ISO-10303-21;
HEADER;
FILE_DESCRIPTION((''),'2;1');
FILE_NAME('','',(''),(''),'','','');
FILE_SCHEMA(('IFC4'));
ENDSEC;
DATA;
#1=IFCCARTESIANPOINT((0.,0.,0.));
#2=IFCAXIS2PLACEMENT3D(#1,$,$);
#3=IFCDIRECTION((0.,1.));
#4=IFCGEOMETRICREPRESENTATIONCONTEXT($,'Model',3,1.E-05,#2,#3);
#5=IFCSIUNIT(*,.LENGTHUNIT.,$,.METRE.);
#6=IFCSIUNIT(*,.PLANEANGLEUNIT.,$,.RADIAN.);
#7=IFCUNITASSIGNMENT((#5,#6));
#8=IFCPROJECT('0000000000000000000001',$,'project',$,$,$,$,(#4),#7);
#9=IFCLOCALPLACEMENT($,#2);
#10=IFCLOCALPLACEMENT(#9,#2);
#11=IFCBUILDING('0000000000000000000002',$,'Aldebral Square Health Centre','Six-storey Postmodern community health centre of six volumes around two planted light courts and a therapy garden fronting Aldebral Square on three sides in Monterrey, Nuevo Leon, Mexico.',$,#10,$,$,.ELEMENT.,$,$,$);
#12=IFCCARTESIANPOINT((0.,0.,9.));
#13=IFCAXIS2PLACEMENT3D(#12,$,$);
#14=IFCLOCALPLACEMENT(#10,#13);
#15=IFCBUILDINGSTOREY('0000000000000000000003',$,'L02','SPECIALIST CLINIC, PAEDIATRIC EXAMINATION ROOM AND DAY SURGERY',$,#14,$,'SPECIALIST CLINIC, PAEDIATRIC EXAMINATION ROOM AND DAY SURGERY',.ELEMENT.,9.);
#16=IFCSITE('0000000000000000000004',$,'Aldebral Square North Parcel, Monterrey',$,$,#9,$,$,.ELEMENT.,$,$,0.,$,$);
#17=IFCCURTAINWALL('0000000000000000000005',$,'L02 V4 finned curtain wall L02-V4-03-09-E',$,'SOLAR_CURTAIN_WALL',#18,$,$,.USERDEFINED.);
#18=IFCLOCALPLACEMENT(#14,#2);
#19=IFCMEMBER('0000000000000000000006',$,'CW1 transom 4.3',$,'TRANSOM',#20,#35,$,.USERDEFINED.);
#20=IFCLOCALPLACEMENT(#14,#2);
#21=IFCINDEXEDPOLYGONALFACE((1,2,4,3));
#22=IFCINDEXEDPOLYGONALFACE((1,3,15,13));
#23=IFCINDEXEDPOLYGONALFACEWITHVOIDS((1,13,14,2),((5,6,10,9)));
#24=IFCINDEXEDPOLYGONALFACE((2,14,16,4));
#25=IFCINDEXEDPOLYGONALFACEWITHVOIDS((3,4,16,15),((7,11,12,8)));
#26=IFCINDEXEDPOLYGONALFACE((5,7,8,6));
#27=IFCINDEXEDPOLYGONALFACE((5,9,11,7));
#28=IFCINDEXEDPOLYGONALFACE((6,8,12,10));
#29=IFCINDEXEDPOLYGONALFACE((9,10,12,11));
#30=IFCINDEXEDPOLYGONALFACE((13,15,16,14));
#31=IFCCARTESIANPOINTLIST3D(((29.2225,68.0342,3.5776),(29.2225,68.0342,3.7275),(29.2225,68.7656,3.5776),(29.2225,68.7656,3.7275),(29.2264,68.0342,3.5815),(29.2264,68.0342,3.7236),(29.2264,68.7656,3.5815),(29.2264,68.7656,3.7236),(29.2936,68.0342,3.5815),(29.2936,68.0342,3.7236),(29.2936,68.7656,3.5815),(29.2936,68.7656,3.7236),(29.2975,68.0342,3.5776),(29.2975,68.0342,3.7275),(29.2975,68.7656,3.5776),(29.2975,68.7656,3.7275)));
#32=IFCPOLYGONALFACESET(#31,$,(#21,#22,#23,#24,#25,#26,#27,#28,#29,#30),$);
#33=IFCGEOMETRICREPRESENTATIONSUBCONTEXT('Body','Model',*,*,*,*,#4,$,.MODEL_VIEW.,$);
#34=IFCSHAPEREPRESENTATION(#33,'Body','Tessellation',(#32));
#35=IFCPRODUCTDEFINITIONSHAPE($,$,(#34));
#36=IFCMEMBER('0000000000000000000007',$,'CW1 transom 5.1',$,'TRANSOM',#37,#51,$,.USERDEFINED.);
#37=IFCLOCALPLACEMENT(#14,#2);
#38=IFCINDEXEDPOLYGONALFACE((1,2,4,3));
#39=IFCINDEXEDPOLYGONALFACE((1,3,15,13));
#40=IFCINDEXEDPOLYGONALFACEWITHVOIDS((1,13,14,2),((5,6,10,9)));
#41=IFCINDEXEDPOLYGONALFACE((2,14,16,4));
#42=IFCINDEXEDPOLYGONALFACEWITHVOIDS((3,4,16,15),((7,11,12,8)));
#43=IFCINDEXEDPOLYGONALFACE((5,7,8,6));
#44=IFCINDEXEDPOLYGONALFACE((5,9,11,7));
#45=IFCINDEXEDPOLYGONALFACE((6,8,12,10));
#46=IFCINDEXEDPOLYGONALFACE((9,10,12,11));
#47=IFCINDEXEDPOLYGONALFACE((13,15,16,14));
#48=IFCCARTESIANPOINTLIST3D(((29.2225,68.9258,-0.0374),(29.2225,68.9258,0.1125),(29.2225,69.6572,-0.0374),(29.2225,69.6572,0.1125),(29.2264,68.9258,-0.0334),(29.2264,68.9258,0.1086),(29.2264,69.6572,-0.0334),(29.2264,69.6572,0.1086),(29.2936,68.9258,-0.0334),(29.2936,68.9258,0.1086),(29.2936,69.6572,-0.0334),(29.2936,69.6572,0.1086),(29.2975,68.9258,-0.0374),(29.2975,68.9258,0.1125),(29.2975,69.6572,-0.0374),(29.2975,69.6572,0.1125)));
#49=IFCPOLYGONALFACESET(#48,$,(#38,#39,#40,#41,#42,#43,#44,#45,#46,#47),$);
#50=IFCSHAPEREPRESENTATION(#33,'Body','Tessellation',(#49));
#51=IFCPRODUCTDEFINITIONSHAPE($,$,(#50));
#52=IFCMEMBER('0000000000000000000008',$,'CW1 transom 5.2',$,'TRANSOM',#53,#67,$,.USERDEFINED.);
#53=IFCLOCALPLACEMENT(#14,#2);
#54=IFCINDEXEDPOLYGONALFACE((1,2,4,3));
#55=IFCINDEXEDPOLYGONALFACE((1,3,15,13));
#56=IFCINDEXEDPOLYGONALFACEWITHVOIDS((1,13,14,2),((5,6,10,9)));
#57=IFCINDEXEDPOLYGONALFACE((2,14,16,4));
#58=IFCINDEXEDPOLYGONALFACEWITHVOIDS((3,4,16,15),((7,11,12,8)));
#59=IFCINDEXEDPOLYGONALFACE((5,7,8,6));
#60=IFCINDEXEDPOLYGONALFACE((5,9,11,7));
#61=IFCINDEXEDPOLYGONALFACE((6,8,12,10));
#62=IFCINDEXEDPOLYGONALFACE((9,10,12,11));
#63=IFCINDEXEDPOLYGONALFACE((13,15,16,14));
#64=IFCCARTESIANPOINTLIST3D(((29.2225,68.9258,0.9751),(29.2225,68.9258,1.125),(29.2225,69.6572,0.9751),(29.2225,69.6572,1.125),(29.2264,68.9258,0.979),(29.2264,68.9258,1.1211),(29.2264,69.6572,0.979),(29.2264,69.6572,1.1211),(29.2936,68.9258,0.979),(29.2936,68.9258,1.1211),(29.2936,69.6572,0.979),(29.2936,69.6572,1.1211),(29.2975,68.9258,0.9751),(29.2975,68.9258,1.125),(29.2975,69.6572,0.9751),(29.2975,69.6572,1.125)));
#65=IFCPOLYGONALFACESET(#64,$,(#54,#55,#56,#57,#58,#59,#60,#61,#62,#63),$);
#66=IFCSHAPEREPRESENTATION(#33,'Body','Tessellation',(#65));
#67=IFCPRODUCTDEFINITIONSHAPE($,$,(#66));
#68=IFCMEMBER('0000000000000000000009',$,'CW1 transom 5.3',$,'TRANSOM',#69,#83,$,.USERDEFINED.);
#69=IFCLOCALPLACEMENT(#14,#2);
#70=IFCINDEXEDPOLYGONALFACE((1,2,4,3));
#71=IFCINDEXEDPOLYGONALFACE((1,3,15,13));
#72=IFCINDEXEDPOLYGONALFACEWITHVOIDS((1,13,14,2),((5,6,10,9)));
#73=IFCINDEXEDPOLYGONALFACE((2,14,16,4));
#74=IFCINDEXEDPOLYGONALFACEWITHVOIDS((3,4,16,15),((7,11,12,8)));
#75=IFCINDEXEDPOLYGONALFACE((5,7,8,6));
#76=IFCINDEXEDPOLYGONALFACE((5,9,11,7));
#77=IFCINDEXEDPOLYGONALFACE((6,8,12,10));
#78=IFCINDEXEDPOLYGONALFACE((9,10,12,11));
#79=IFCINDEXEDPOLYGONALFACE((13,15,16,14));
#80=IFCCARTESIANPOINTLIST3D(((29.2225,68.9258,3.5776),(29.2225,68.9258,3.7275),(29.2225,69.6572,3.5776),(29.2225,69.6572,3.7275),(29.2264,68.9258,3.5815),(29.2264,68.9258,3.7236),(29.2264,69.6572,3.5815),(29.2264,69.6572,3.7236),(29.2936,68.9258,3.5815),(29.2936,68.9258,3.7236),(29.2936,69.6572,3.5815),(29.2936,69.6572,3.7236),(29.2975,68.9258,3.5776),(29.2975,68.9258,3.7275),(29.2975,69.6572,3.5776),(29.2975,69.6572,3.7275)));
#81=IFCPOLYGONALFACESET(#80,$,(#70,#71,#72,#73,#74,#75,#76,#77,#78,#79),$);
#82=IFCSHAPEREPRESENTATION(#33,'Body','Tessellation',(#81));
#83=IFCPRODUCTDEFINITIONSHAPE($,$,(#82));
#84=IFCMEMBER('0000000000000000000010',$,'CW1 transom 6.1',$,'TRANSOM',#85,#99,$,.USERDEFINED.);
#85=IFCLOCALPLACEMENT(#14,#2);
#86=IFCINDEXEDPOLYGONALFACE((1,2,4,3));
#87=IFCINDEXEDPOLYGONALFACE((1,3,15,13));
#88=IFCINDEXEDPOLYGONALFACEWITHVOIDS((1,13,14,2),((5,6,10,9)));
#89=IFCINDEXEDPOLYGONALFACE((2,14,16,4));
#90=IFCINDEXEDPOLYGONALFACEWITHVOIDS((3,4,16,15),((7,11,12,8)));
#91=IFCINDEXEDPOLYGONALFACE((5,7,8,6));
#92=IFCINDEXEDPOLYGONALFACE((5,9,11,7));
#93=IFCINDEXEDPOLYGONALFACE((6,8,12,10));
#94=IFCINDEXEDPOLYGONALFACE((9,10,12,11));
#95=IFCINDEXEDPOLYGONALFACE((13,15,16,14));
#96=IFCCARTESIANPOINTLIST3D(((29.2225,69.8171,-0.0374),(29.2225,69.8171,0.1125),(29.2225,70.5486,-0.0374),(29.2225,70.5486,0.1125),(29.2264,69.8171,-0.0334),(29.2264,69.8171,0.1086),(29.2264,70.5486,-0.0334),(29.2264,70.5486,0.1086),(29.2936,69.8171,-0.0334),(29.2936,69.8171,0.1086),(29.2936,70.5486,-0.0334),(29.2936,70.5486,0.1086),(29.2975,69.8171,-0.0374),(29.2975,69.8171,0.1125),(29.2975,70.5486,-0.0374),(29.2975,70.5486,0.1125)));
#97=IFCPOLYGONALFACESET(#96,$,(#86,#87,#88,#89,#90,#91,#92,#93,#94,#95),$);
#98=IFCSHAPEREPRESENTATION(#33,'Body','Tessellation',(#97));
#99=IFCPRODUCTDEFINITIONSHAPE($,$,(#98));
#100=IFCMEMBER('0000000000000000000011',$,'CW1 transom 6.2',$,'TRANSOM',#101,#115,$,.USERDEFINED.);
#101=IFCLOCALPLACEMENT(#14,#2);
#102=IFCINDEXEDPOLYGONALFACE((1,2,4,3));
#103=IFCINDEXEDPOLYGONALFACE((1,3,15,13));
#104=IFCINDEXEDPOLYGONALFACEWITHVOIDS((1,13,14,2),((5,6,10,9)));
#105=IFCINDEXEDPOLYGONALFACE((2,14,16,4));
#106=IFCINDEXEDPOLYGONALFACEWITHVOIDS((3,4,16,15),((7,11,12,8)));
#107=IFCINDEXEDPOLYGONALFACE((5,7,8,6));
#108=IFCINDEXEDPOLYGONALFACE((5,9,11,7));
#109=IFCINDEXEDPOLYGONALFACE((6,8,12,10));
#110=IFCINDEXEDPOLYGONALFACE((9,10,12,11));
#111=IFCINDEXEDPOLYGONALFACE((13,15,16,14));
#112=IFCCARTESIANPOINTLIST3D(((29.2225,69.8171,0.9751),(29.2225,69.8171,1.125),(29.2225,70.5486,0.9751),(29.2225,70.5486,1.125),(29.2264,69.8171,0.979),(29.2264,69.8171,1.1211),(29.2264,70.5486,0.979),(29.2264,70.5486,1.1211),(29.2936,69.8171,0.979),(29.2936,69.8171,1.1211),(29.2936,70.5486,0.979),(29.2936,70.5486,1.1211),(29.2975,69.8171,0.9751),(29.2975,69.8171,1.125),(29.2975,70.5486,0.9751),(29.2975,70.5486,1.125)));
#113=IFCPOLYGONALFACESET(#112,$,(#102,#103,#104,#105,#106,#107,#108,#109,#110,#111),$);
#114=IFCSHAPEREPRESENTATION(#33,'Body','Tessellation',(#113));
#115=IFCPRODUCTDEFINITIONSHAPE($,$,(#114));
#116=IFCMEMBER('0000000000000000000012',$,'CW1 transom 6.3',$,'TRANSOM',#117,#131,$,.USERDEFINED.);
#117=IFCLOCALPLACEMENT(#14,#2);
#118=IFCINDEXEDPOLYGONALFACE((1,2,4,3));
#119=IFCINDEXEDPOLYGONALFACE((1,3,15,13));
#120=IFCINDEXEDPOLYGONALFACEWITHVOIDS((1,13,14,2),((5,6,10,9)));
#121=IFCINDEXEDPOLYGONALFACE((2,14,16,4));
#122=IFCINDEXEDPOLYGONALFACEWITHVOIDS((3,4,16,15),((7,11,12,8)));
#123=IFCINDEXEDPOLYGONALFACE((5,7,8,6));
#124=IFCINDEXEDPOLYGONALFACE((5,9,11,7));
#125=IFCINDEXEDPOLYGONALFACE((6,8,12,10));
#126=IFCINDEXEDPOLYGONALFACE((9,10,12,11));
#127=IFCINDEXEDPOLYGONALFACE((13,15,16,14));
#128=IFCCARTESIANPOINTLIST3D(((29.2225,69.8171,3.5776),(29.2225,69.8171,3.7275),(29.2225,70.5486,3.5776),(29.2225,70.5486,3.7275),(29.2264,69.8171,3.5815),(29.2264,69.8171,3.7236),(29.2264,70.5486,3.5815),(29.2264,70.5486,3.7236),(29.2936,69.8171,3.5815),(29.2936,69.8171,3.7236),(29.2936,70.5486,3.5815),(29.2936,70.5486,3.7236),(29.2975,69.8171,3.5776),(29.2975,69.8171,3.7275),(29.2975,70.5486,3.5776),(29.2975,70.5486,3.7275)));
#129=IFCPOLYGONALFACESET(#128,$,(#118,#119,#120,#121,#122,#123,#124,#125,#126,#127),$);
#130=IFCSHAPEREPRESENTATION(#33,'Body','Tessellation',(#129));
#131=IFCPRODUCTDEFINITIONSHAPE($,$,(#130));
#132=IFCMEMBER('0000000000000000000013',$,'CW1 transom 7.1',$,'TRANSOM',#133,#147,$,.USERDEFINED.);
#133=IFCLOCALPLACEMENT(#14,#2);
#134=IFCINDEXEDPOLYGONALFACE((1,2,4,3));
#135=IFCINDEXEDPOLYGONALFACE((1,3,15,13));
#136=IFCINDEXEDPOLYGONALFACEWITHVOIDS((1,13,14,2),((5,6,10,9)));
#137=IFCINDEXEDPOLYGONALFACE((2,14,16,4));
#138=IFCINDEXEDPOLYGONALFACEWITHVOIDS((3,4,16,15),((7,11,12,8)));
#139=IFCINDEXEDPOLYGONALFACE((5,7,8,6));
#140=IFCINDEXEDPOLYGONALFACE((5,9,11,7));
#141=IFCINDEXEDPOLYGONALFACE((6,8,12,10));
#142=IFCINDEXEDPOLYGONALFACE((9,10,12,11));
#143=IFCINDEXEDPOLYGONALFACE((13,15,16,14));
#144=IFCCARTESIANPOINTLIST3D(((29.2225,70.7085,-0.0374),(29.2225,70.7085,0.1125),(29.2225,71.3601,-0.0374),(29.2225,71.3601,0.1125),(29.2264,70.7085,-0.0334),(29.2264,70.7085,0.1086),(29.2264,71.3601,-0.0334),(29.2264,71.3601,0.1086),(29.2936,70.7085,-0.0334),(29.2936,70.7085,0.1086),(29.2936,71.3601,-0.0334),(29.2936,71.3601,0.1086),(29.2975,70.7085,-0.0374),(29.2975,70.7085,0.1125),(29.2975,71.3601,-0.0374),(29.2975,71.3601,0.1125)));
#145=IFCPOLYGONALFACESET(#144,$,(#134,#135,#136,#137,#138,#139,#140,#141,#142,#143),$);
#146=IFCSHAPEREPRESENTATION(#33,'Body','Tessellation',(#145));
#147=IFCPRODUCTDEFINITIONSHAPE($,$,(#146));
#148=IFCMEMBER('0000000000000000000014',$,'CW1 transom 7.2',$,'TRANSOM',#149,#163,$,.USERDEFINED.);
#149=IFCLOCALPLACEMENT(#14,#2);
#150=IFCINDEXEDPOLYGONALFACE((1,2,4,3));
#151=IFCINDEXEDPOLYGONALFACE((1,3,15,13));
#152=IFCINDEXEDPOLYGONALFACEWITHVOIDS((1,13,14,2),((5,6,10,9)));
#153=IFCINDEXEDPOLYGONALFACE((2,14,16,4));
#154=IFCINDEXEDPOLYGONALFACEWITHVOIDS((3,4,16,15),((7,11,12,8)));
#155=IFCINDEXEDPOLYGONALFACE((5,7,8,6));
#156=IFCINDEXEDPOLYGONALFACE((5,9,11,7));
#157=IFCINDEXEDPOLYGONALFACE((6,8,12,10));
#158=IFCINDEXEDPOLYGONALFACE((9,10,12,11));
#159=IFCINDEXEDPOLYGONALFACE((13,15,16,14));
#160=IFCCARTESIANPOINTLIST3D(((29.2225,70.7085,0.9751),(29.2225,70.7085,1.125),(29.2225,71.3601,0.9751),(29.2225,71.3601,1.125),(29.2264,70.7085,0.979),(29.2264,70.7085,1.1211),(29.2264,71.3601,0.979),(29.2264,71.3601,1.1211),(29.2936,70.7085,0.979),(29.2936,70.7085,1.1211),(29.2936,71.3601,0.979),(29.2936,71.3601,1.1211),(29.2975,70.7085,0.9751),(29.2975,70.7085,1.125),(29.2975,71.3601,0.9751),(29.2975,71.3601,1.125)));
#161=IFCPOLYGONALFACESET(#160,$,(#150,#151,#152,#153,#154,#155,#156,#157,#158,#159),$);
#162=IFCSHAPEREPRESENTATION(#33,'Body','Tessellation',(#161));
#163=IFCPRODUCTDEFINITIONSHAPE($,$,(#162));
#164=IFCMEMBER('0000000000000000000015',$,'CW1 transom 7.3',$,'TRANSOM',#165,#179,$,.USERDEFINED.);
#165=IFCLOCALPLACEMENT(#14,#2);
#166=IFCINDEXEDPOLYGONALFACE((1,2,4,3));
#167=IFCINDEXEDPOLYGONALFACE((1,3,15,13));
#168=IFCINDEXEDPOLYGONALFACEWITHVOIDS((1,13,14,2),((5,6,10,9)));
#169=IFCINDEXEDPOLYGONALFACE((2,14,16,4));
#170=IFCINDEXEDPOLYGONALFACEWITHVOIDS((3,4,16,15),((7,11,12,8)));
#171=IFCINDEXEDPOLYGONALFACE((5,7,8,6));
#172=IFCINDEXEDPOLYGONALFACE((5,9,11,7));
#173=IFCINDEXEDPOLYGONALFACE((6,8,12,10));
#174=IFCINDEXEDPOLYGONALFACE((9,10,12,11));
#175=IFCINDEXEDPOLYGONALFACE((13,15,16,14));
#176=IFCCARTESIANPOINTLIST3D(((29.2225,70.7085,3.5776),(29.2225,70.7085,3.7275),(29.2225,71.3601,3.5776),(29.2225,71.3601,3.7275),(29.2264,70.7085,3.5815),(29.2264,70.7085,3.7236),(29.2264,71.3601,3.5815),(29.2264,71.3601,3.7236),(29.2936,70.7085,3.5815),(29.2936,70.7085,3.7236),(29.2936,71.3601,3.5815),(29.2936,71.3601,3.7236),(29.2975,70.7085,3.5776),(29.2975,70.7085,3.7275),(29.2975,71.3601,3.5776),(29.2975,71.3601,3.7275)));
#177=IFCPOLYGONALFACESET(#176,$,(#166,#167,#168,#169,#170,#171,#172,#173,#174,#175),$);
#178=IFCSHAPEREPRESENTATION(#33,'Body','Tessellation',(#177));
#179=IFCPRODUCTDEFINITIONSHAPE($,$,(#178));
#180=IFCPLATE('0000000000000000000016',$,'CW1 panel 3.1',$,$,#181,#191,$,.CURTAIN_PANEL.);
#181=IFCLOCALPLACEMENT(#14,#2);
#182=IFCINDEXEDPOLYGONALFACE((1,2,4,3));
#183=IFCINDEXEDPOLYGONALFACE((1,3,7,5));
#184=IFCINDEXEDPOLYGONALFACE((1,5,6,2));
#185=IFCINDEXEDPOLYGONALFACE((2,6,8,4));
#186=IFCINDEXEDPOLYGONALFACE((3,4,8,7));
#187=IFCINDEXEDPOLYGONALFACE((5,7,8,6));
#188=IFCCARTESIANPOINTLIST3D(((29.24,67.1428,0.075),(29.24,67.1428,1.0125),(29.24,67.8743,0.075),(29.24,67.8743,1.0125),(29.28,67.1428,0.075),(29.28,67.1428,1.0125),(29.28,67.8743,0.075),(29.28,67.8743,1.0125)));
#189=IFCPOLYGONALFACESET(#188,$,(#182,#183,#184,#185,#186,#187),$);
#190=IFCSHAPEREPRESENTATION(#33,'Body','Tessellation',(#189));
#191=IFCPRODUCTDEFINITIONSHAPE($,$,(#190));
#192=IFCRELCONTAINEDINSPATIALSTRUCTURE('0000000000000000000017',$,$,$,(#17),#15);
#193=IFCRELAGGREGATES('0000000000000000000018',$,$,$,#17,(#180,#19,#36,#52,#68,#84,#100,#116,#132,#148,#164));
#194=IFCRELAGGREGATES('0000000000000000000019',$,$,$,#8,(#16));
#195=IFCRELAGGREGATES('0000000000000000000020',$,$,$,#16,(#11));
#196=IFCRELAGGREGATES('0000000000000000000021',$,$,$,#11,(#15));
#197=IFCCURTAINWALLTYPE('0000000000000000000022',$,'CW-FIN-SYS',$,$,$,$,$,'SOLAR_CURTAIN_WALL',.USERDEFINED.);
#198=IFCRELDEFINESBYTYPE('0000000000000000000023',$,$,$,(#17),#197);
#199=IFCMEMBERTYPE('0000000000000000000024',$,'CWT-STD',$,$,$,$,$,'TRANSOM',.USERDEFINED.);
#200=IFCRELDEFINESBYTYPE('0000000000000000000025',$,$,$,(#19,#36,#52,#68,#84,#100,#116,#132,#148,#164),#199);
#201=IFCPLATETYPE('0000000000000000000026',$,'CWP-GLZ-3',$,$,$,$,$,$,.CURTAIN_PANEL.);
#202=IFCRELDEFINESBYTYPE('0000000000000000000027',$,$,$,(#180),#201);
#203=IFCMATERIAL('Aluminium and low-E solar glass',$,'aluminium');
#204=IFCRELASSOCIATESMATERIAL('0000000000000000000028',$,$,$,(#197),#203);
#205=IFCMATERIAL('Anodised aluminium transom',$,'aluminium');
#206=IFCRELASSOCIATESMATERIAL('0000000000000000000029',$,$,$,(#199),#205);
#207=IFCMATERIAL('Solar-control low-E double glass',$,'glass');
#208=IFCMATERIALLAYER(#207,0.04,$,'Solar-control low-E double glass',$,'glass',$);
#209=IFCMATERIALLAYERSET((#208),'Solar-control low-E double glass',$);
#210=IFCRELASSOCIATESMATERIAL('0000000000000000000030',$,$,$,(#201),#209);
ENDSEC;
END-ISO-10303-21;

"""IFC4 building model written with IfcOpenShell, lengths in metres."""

from ifc_helpers import new_model, si_unit, direction, frame, origin, origin_2d, place, context, subcontext, project, spatial, rectangle, hollow_rectangle, extrude, material, layer, layer_set, material_profile, profile_set, type_object, element, aggregate, save


model = new_model("IFC4")

# Units and contexts
model_context = context("Model", 3, precision=1e-05, world=origin(), true_north=direction((0.0, 1.0)))
body_context = subcontext(model_context, "Body", "Model", "MODEL_VIEW")
ifc_project = project(units=[si_unit("LENGTHUNIT", "METRE"), si_unit("PLANEANGLEUNIT", "RADIAN")], contexts=[model_context])

# Site, building, storey
site_placement = place(None, origin())
site = spatial("IfcSite", under=ifc_project, at=site_placement, Name="Aldebral Square North Parcel, Monterrey", CompositionType="ELEMENT", RefElevation=0.0)
building_placement = place(site_placement, origin())
building = spatial("IfcBuilding", under=site, at=building_placement, Name="Aldebral Square Health Centre", Description="Six-storey Postmodern community health centre of six volumes around two planted light courts and a therapy garden fronting Aldebral Square on three sides in Monterrey, Nuevo Leon, Mexico.", CompositionType="ELEMENT")
storey_placement = place(building_placement, frame((0.0, 0.0, 9.0)))
storey = spatial("IfcBuildingStorey", under=building, at=storey_placement, Name="L02", Description="SPECIALIST CLINIC, PAEDIATRIC EXAMINATION ROOM AND DAY SURGERY", LongName="SPECIALIST CLINIC, PAEDIATRIC EXAMINATION ROOM AND DAY SURGERY", CompositionType="ELEMENT", Elevation=9.0)

# Curtain wall
ifc_material_1 = material(Name="Aluminium and low-E solar glass", Category="aluminium")
curtain_wall_type = type_object("IfcCurtainWallType", Name="CW-FIN-SYS", ElementType="SOLAR_CURTAIN_WALL", PredefinedType="USERDEFINED", material=ifc_material_1)
curtain_wall_1_placement = place(storey_placement, origin())
curtain_wall_1 = element("IfcCurtainWall", 1, at=curtain_wall_1_placement, inside=storey, type_object=curtain_wall_type, Name="L02 V4 finned curtain wall L02-V4-03-09-E", ObjectType="SOLAR_CURTAIN_WALL", PredefinedType="USERDEFINED")

# Members
ifc_material_2 = material(Name="Anodised aluminium transom", Category="aluminium")
ifc_material_profile_1 = material_profile(ifc_material_2, hollow_rectangle(XDim=0.075, YDim=0.1499, WallThickness=0.0039, at=origin_2d()), Name="CWT 75x150x4")
ifc_profile_set_1 = profile_set([ifc_material_profile_1], Name="Anodised aluminium transom")
member_type_1 = type_object("IfcMemberType", Name="CWT-STD", ElementType="TRANSOM", PredefinedType="USERDEFINED", material=ifc_profile_set_1)
member_1_placement = place(storey_placement, frame((29.26, 68.0342, 3.6526), z_axis=(0.0, 1.0, 0.0), x_axis=(-1.0, 0.0, 0.0)))
member_1 = element("IfcMember", 2, at=member_1_placement, type_object=member_type_1, Name="CW1 transom 4.3", ObjectType="TRANSOM", PredefinedType="USERDEFINED", context=body_context, shape_type="SweptSolid", body=[
    extrude(hollow_rectangle(XDim=0.075, YDim=0.1499, WallThickness=0.0039, at=origin_2d()), origin(), (0.0, 0.0, 1.0), 0.7314),
])
member_2_placement = place(storey_placement, frame((29.26, 68.9258, 0.0376), z_axis=(0.0, 1.0, 0.0), x_axis=(-1.0, 0.0, 0.0)))
member_2 = element("IfcMember", 3, at=member_2_placement, type_object=member_type_1, Name="CW1 transom 5.1", ObjectType="TRANSOM", PredefinedType="USERDEFINED", context=body_context, shape_type="SweptSolid", body=[
    extrude(hollow_rectangle(XDim=0.075, YDim=0.1499, WallThickness=0.0039, at=origin_2d()), origin(), (0.0, 0.0, 1.0), 0.7314),
])
member_3_placement = place(storey_placement, frame((29.26, 68.9258, 1.05), z_axis=(0.0, 1.0, 0.0), x_axis=(-1.0, 0.0, 0.0)))
member_3 = element("IfcMember", 4, at=member_3_placement, type_object=member_type_1, Name="CW1 transom 5.2", ObjectType="TRANSOM", PredefinedType="USERDEFINED", context=body_context, shape_type="SweptSolid", body=[
    extrude(hollow_rectangle(XDim=0.075, YDim=0.1499, WallThickness=0.0039, at=origin_2d()), origin(), (0.0, 0.0, 1.0), 0.7314),
])
member_4_placement = place(storey_placement, frame((29.26, 68.9258, 3.6526), z_axis=(0.0, 1.0, 0.0), x_axis=(-1.0, 0.0, 0.0)))
member_4 = element("IfcMember", 5, at=member_4_placement, type_object=member_type_1, Name="CW1 transom 5.3", ObjectType="TRANSOM", PredefinedType="USERDEFINED", context=body_context, shape_type="SweptSolid", body=[
    extrude(hollow_rectangle(XDim=0.075, YDim=0.1499, WallThickness=0.0039, at=origin_2d()), origin(), (0.0, 0.0, 1.0), 0.7314),
])
member_5_placement = place(storey_placement, frame((29.26, 69.8171, 0.0376), z_axis=(0.0, 1.0, 0.0), x_axis=(-1.0, 0.0, 0.0)))
member_5 = element("IfcMember", 6, at=member_5_placement, type_object=member_type_1, Name="CW1 transom 6.1", ObjectType="TRANSOM", PredefinedType="USERDEFINED", context=body_context, shape_type="SweptSolid", body=[
    extrude(hollow_rectangle(XDim=0.075, YDim=0.1499, WallThickness=0.0039, at=origin_2d()), origin(), (0.0, 0.0, 1.0), 0.7314),
])
member_6_placement = place(storey_placement, frame((29.26, 69.8171, 1.05), z_axis=(0.0, 1.0, 0.0), x_axis=(-1.0, 0.0, 0.0)))
member_6 = element("IfcMember", 7, at=member_6_placement, type_object=member_type_1, Name="CW1 transom 6.2", ObjectType="TRANSOM", PredefinedType="USERDEFINED", context=body_context, shape_type="SweptSolid", body=[
    extrude(hollow_rectangle(XDim=0.075, YDim=0.1499, WallThickness=0.0039, at=origin_2d()), origin(), (0.0, 0.0, 1.0), 0.7314),
])
member_7_placement = place(storey_placement, frame((29.26, 69.8171, 3.6526), z_axis=(0.0, 1.0, 0.0), x_axis=(-1.0, 0.0, 0.0)))
member_7 = element("IfcMember", 8, at=member_7_placement, type_object=member_type_1, Name="CW1 transom 6.3", ObjectType="TRANSOM", PredefinedType="USERDEFINED", context=body_context, shape_type="SweptSolid", body=[
    extrude(hollow_rectangle(XDim=0.075, YDim=0.1499, WallThickness=0.0039, at=origin_2d()), origin(), (0.0, 0.0, 1.0), 0.7314),
])
member_8_placement = place(storey_placement, frame((29.26, 70.7085, 0.0376), z_axis=(0.0, 1.0, 0.0), x_axis=(-1.0, 0.0, 0.0)))
member_8 = element("IfcMember", 9, at=member_8_placement, type_object=member_type_1, Name="CW1 transom 7.1", ObjectType="TRANSOM", PredefinedType="USERDEFINED", context=body_context, shape_type="SweptSolid", body=[
    extrude(hollow_rectangle(XDim=0.075, YDim=0.1499, WallThickness=0.0039, at=origin_2d()), origin(), (0.0, 0.0, 1.0), 0.6516),
])
member_9_placement = place(storey_placement, frame((29.26, 70.7085, 1.05), z_axis=(0.0, 1.0, 0.0), x_axis=(-1.0, 0.0, 0.0)))
member_9 = element("IfcMember", 10, at=member_9_placement, type_object=member_type_1, Name="CW1 transom 7.2", ObjectType="TRANSOM", PredefinedType="USERDEFINED", context=body_context, shape_type="SweptSolid", body=[
    extrude(hollow_rectangle(XDim=0.075, YDim=0.1499, WallThickness=0.0039, at=origin_2d()), origin(), (0.0, 0.0, 1.0), 0.6516),
])
member_10_placement = place(storey_placement, frame((29.26, 70.7085, 3.6526), z_axis=(0.0, 1.0, 0.0), x_axis=(-1.0, 0.0, 0.0)))
member_10 = element("IfcMember", 11, at=member_10_placement, type_object=member_type_1, Name="CW1 transom 7.3", ObjectType="TRANSOM", PredefinedType="USERDEFINED", context=body_context, shape_type="SweptSolid", body=[
    extrude(hollow_rectangle(XDim=0.075, YDim=0.1499, WallThickness=0.0039, at=origin_2d()), origin(), (0.0, 0.0, 1.0), 0.6516),
])

# Plate
ifc_material_3 = material(Name="Solar-control low-E double glass", Category="glass")
ifc_layer_1 = layer(ifc_material_3, 0.04, Name="Solar-control low-E double glass", Category="glass")
ifc_layer_set_1 = layer_set([ifc_layer_1], Name="Solar-control low-E double glass")
plate_type = type_object("IfcPlateType", Name="CWP-GLZ-3", PredefinedType="CURTAIN_PANEL", material=ifc_layer_set_1)
plate_1_placement = place(storey_placement, frame((29.26, 67.5085, 0.075), z_axis=(0.0, 0.0, 1.0), x_axis=(0.0, 1.0, 0.0)))
plate_1 = element("IfcPlate", 12, at=plate_1_placement, type_object=plate_type, Name="CW1 panel 3.1", PredefinedType="CURTAIN_PANEL", context=body_context, shape_type="SweptSolid", body=[
    extrude(rectangle(XDim=0.7314, YDim=0.04, at=origin_2d()), origin(), (0.0, 0.0, 1.0), 0.9375),
])
aggregate(curtain_wall_1, [plate_1, member_1, member_2, member_3, member_4, member_5, member_6, member_7, member_8, member_9, member_10])

save(model, "model.ifc")
